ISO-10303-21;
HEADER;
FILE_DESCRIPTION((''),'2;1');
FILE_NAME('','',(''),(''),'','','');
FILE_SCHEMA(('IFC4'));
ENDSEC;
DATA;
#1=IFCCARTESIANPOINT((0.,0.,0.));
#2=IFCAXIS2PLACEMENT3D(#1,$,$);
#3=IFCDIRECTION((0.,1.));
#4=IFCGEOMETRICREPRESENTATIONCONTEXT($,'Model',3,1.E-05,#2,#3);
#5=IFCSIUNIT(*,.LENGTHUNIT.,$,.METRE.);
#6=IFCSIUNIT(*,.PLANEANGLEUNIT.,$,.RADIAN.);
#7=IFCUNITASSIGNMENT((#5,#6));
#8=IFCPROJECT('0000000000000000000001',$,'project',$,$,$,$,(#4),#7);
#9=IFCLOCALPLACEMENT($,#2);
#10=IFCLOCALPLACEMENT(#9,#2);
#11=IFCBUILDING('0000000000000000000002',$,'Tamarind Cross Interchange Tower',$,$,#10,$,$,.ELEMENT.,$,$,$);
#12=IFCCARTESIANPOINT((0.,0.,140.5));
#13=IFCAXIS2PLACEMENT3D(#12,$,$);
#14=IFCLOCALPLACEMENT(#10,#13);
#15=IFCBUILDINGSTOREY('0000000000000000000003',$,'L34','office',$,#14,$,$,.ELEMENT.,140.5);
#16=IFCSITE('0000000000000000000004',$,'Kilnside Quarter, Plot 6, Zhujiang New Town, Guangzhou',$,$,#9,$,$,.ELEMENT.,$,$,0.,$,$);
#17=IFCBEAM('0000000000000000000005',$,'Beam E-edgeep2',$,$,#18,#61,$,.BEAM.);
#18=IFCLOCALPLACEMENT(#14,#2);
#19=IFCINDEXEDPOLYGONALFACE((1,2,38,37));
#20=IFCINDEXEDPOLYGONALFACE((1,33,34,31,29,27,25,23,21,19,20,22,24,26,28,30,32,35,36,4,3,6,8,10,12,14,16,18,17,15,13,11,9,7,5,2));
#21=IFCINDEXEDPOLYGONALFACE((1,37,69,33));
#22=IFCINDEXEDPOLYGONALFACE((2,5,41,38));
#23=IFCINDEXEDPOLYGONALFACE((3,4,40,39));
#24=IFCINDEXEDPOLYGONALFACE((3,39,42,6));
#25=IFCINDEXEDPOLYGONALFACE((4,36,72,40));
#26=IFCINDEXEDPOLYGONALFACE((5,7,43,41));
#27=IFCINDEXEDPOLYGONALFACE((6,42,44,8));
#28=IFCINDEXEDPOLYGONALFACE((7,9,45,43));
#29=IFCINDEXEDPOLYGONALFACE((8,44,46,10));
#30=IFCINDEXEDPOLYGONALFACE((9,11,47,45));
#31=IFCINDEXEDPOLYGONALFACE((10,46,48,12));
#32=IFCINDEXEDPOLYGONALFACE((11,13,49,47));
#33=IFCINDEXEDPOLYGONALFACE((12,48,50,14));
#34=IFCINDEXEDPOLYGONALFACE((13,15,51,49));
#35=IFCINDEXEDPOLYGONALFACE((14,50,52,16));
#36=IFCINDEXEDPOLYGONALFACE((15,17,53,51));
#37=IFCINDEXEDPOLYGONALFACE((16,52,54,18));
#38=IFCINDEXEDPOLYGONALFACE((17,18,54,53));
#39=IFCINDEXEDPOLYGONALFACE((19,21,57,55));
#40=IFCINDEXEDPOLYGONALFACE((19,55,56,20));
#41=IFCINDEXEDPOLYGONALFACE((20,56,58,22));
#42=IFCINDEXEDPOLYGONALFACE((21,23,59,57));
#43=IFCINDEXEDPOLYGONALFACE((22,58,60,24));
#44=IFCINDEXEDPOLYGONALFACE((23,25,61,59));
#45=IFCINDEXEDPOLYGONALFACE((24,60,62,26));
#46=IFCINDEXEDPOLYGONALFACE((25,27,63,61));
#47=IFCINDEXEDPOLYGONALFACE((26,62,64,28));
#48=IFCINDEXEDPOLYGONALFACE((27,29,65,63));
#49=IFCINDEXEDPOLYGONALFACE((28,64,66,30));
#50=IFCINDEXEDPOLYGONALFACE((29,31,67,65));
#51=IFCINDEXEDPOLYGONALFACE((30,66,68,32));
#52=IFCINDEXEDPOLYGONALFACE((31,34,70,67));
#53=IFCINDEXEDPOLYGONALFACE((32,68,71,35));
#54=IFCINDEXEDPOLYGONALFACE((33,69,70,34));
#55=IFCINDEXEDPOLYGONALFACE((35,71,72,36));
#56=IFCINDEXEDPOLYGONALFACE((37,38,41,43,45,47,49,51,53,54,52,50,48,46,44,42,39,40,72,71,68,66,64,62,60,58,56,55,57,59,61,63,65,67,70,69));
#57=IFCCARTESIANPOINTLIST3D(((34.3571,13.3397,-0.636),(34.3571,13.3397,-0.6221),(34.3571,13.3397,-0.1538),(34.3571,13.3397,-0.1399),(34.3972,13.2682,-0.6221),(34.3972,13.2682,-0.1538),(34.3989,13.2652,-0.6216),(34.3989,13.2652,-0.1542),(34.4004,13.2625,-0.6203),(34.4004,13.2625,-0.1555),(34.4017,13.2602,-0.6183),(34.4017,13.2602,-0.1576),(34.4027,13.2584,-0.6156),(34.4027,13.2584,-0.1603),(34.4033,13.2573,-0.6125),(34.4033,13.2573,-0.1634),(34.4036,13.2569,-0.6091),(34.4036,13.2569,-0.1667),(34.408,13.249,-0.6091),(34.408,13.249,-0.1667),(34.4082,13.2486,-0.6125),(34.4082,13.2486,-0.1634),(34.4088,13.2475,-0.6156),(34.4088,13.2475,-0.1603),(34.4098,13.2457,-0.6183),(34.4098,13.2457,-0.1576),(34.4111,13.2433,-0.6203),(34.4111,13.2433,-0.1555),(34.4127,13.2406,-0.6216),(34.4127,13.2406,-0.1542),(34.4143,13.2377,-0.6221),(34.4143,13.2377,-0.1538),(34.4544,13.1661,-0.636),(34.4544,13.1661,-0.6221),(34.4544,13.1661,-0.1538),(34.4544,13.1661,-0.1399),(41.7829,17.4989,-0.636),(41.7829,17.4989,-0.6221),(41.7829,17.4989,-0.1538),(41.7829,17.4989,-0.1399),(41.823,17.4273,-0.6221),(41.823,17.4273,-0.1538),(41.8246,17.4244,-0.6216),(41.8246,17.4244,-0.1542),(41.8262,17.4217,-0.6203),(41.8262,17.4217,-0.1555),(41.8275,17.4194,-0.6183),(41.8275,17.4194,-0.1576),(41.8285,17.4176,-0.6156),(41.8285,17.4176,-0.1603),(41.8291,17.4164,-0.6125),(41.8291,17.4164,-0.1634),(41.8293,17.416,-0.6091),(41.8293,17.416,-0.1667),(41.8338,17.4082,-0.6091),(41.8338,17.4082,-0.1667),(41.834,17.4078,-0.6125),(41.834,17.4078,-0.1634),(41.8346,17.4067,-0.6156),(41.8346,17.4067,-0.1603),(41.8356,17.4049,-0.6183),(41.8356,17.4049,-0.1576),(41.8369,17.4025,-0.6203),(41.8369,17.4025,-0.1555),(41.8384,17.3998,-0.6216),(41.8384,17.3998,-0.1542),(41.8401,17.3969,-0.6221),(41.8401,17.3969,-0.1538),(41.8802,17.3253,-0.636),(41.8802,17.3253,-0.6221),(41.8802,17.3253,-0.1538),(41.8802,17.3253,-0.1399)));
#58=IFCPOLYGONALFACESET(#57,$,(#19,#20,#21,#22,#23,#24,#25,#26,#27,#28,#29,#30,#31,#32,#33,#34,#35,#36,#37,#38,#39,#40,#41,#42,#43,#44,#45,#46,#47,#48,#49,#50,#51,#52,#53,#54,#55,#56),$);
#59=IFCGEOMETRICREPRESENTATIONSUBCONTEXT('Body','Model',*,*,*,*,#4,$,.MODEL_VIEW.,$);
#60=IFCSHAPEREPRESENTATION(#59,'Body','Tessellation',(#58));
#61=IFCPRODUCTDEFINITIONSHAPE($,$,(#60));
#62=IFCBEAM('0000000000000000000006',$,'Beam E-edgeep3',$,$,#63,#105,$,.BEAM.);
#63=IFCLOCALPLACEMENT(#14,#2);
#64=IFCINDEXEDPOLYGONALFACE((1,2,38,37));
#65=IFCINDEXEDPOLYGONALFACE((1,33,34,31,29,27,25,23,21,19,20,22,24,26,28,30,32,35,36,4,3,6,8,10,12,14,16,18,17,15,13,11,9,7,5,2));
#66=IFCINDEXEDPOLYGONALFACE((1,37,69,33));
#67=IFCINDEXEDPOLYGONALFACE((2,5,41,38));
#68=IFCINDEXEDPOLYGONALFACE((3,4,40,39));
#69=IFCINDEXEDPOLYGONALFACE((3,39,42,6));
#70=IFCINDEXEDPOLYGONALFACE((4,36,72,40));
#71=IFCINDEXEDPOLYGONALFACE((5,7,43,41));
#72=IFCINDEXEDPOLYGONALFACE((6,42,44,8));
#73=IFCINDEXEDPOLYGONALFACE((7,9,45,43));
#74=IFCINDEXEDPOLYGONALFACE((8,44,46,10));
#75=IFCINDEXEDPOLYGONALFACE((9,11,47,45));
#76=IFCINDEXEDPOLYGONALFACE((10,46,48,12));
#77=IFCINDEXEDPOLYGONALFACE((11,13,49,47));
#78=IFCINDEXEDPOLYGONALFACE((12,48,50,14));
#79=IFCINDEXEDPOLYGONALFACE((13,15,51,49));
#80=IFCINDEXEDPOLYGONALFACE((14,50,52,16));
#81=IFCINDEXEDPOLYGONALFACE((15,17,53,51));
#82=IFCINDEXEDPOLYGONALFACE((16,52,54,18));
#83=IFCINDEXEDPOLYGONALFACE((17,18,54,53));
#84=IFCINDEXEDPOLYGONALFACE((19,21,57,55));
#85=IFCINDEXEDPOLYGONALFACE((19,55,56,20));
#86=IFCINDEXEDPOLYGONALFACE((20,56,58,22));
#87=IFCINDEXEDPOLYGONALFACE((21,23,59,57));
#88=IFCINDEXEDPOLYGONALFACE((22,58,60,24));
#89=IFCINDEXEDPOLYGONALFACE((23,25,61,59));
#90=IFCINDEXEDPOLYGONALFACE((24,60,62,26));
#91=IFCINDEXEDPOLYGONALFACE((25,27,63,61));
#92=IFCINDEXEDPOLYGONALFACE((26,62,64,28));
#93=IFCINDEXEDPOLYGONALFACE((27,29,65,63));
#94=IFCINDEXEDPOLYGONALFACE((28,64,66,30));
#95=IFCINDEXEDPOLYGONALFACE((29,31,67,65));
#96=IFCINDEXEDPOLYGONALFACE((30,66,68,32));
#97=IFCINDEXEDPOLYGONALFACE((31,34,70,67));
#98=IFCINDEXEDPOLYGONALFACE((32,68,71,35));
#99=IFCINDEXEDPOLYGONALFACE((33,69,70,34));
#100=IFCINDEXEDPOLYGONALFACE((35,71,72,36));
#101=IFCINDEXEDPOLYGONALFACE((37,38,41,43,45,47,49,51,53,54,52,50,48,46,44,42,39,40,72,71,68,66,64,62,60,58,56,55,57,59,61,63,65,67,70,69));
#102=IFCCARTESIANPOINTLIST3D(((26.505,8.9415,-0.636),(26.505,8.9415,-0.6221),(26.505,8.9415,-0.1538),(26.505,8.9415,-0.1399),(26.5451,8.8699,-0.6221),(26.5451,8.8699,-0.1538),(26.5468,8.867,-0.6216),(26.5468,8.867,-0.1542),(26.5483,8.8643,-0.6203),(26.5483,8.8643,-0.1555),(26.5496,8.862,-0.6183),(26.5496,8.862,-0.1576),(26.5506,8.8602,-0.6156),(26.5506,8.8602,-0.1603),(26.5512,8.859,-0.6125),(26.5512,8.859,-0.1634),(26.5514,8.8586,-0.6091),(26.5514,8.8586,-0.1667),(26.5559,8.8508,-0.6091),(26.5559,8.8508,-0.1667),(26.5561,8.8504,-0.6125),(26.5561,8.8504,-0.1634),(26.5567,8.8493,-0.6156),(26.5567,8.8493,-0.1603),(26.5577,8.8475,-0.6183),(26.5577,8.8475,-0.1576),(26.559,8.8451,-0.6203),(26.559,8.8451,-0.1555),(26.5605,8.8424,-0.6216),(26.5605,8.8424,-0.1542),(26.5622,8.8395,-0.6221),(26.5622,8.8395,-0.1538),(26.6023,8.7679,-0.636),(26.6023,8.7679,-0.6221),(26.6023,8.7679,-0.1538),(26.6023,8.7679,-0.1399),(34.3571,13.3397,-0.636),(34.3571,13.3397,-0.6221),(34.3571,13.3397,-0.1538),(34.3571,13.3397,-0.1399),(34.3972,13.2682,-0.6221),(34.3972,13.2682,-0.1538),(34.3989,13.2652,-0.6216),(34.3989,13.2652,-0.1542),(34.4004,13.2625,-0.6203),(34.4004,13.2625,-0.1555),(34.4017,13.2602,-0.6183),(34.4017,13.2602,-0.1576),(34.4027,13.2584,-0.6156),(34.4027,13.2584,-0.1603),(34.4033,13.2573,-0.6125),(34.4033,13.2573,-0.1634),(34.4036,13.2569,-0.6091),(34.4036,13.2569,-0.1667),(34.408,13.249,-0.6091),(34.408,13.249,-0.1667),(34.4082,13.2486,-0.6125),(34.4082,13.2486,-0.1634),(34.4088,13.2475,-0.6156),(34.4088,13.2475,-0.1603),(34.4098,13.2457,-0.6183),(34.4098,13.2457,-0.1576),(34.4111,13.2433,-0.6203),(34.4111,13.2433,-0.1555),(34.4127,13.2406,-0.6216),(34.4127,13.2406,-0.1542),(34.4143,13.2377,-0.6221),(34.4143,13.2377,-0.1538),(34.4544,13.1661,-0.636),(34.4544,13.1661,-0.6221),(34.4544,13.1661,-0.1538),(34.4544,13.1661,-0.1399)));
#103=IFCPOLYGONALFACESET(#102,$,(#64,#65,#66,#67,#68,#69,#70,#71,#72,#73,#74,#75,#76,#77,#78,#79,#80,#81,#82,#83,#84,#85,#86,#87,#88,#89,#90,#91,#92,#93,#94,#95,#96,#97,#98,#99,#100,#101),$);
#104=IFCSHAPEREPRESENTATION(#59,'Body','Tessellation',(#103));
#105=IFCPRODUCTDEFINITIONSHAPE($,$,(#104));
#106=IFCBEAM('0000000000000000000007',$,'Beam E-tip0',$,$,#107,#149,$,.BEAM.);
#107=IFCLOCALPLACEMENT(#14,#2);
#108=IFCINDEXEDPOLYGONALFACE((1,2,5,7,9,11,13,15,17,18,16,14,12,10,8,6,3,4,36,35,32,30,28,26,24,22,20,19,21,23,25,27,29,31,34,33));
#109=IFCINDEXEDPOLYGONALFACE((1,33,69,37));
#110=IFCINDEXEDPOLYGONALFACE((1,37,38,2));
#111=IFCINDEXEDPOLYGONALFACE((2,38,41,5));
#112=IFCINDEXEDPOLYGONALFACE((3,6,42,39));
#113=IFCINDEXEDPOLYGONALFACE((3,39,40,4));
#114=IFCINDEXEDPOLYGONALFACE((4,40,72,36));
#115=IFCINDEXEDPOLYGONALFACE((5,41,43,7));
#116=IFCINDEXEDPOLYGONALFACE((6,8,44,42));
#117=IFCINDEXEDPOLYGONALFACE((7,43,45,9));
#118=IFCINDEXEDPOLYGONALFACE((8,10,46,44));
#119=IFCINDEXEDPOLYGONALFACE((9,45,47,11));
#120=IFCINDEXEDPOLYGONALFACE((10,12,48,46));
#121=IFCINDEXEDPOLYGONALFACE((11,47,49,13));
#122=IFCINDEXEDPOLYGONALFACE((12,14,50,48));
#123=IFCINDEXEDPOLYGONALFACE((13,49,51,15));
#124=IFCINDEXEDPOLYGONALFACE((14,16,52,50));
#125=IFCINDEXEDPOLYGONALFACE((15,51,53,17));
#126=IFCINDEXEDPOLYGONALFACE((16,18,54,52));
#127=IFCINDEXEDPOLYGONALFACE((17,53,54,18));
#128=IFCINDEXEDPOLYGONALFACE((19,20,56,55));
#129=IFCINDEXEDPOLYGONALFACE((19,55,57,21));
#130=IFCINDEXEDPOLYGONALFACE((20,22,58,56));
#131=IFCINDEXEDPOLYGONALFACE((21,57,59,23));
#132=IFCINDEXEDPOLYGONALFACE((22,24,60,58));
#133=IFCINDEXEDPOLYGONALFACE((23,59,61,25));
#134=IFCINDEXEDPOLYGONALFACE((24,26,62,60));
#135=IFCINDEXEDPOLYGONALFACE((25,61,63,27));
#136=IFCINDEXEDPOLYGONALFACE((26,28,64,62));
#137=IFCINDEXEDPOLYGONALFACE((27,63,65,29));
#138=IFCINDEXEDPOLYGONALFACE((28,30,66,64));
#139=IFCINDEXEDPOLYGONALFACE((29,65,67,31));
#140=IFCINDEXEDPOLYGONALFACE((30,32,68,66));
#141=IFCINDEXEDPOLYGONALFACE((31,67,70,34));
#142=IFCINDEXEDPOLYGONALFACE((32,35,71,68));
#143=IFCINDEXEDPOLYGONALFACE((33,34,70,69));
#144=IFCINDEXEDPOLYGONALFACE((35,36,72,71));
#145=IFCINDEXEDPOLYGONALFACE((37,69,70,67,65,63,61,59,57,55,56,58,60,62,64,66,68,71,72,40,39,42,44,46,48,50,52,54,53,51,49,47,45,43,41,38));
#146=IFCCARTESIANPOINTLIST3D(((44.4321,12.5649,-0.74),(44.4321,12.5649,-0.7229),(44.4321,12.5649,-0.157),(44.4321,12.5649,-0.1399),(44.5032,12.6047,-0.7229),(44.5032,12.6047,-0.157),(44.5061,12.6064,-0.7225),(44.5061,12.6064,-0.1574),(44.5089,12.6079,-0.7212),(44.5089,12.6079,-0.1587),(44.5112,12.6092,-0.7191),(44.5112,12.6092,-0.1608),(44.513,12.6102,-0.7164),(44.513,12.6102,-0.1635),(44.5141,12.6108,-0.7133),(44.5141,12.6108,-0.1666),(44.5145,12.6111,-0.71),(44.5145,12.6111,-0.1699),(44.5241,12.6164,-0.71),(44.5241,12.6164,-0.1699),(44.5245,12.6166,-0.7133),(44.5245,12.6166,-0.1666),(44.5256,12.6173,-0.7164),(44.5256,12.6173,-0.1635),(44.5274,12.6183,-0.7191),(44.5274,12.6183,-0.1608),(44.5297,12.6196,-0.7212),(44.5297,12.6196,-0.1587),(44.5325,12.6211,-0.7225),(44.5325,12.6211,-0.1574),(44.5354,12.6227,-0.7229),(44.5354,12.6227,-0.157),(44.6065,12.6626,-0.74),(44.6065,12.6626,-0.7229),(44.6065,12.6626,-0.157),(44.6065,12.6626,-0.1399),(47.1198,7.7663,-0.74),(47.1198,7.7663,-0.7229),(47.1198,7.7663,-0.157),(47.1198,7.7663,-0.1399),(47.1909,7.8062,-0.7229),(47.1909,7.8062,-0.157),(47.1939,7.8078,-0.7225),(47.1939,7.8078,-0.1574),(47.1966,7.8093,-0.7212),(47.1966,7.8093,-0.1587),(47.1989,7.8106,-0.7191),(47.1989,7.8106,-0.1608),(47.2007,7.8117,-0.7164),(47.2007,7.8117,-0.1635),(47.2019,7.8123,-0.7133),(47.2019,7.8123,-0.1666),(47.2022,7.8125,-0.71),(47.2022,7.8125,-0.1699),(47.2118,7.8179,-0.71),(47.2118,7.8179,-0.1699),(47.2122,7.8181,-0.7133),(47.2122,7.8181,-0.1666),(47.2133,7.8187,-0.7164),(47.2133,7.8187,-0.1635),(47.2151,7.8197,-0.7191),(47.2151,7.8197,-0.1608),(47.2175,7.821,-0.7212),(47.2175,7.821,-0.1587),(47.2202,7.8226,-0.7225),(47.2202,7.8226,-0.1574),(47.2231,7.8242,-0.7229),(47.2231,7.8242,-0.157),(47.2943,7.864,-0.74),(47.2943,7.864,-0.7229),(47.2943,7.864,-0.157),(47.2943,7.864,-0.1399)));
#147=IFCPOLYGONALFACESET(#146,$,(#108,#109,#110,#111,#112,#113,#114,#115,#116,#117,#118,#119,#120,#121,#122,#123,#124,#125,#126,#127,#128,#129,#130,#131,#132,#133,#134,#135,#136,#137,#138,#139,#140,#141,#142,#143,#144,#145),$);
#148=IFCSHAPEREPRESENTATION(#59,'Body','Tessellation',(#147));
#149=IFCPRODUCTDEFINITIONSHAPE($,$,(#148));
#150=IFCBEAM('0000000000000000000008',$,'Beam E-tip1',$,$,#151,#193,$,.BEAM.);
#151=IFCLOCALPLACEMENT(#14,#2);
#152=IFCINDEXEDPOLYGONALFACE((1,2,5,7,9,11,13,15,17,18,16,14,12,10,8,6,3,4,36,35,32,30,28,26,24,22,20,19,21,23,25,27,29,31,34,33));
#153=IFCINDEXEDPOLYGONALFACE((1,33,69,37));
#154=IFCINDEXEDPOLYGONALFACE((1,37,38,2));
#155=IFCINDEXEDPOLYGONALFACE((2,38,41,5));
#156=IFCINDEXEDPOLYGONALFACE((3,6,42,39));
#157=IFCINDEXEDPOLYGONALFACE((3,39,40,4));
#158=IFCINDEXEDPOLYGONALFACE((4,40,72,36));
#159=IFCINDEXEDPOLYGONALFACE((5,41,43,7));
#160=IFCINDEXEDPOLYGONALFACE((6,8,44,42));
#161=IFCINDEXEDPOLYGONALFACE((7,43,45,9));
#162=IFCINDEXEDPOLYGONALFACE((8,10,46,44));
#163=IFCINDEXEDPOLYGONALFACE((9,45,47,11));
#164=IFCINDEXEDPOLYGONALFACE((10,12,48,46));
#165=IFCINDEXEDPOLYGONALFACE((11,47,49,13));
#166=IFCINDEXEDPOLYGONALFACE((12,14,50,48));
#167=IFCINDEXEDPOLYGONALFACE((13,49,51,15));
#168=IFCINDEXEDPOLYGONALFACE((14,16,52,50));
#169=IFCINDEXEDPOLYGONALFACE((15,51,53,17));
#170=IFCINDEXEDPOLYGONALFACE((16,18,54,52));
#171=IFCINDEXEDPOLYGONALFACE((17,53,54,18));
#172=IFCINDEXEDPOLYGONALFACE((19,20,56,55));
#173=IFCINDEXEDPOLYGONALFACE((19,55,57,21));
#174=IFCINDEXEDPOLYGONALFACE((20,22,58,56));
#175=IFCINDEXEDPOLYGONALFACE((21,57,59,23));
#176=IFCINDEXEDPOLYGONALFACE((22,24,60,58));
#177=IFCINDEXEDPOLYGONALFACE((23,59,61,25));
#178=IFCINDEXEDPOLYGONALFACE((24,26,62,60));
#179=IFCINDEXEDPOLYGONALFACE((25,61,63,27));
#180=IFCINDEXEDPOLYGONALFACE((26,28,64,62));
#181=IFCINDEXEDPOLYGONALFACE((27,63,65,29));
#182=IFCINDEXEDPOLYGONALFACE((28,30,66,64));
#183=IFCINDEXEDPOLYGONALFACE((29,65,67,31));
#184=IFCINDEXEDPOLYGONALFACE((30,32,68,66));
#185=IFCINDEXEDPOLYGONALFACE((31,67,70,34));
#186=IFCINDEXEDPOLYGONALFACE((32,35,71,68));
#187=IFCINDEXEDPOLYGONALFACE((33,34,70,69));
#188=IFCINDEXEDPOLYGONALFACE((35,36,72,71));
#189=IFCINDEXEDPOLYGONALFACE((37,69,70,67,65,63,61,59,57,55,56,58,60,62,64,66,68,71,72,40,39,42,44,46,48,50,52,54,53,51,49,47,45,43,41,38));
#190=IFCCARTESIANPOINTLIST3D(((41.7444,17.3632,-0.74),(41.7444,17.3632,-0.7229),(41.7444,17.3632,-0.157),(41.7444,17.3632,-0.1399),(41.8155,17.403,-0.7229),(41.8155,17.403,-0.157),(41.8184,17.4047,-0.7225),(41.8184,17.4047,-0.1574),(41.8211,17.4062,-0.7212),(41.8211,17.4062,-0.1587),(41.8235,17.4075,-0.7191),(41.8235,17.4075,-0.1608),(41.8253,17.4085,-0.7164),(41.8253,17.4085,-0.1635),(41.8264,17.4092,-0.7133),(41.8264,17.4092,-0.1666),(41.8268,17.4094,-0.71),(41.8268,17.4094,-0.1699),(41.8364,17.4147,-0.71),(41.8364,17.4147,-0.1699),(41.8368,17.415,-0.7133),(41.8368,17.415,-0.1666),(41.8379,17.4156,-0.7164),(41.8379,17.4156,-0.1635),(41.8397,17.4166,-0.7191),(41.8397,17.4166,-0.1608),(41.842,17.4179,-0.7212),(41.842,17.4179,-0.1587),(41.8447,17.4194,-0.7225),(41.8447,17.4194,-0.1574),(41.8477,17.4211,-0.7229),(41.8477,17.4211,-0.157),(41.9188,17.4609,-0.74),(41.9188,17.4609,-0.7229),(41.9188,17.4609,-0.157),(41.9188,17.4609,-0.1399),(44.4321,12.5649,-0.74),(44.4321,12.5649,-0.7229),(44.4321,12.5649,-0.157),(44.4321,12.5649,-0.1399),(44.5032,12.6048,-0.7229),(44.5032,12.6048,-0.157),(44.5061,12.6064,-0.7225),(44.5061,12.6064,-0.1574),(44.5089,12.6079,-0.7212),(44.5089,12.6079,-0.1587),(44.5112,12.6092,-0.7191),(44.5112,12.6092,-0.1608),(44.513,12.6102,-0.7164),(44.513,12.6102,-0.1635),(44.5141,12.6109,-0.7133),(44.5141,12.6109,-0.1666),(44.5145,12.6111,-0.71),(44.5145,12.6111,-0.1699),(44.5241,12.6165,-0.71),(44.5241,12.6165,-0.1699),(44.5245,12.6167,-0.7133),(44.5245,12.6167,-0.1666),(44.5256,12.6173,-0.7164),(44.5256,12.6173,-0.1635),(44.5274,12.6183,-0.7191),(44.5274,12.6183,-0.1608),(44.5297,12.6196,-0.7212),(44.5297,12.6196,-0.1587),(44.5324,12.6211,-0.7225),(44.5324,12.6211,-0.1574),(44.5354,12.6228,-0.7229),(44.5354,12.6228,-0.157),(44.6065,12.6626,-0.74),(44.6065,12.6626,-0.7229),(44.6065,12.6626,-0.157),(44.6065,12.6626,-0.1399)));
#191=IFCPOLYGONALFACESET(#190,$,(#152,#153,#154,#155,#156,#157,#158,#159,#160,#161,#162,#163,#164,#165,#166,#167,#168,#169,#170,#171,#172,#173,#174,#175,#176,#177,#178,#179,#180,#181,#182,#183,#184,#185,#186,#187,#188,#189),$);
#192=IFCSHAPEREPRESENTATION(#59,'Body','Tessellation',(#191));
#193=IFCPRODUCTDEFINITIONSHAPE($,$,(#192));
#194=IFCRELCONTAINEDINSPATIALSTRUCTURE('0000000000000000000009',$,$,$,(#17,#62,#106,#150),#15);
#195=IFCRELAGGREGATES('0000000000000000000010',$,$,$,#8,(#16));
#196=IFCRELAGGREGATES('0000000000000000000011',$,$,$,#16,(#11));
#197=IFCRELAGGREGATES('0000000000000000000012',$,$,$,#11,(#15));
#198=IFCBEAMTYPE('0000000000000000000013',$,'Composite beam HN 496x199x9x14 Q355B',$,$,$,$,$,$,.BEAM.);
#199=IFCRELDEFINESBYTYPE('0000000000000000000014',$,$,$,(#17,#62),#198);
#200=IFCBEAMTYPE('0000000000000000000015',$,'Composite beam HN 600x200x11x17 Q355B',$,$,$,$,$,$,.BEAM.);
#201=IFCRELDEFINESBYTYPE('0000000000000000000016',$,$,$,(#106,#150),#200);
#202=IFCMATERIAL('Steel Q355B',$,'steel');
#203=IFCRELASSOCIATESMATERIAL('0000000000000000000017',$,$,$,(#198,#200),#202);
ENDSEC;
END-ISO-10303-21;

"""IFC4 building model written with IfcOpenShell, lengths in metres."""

from ifc_helpers import new_model, si_unit, direction, frame, origin, origin_2d, place, context, subcontext, project, spatial, i_section, extrude, material, material_profile, profile_set, type_object, element, save


model = new_model("IFC4")

# Units and contexts
model_context = context("Model", 3, precision=1e-05, world=origin(), true_north=direction((0.0, 1.0)))
body_context = subcontext(model_context, "Body", "Model", "MODEL_VIEW")
ifc_project = project(units=[si_unit("LENGTHUNIT", "METRE"), si_unit("PLANEANGLEUNIT", "RADIAN")], contexts=[model_context])

# Site, building, storey
site_placement = place(None, origin())
site = spatial("IfcSite", under=ifc_project, at=site_placement, Name="Kilnside Quarter, Plot 6, Zhujiang New Town, Guangzhou", CompositionType="ELEMENT", RefElevation=0.0)
building_placement = place(site_placement, origin())
building = spatial("IfcBuilding", under=site, at=building_placement, Name="Tamarind Cross Interchange Tower", CompositionType="ELEMENT")
storey_placement = place(building_placement, frame((0.0, 0.0, 140.5)))
storey = spatial("IfcBuildingStorey", under=building, at=storey_placement, Name="L34", Description="office", CompositionType="ELEMENT", Elevation=140.5)

# Beams
ifc_material_1 = material(Name="Steel Q355B", Category="steel")
ifc_material_profile_1 = material_profile(ifc_material_1, i_section(OverallWidth=0.199, OverallDepth=0.4961, WebThickness=0.009, FlangeThickness=0.0139, FilletRadius=0.0129, at=origin_2d()), Name="HN 496x199x9x14")
ifc_profile_set_1 = profile_set([ifc_material_profile_1], Name="Steel Q355B")
beam_type_1 = type_object("IfcBeamType", Name="Composite beam HN 496x199x9x14 Q355B", PredefinedType="BEAM", material=ifc_profile_set_1)
beam_1_placement = place(storey_placement, frame((41.8315, 17.4121, -0.3879), z_axis=(-0.872469, -0.48867, 0.0), x_axis=(0.48867, -0.872469, 0.0)))
element("IfcBeam", 1, at=beam_1_placement, inside=storey, type_object=beam_type_1, Name="Beam E-edgeep2", PredefinedType="BEAM", context=body_context, shape_type="SweptSolid", body=[
    extrude(i_section(OverallWidth=0.199, OverallDepth=0.4961, WebThickness=0.009, FlangeThickness=0.0139, FilletRadius=0.0129, at=origin_2d()), origin(), (0.0, 0.0, 1.0), 8.5112),
])
beam_2_placement = place(storey_placement, frame((34.4058, 13.2529, -0.3879), z_axis=(-0.872457, -0.488692, 0.0), x_axis=(0.488692, -0.872457, 0.0)))
element("IfcBeam", 2, at=beam_2_placement, inside=storey, type_object=beam_type_1, Name="Beam E-edgeep3", PredefinedType="BEAM", context=body_context, shape_type="SweptSolid", body=[
    extrude(i_section(OverallWidth=0.199, OverallDepth=0.4961, WebThickness=0.009, FlangeThickness=0.0139, FilletRadius=0.0129, at=origin_2d()), origin(), (0.0, 0.0, 1.0), 9.0),
])
ifc_material_profile_2 = material_profile(ifc_material_1, i_section(OverallWidth=0.2, OverallDepth=0.6001, WebThickness=0.011, FlangeThickness=0.0171, FilletRadius=0.0129, at=origin_2d()), Name="HN 600x200x11x17")
ifc_profile_set_2 = profile_set([ifc_material_profile_2], Name="Steel Q355B")
beam_type_2 = type_object("IfcBeamType", Name="Composite beam HN 600x200x11x17 Q355B", PredefinedType="BEAM", material=ifc_profile_set_2)
beam_3_placement = place(storey_placement, frame((47.207, 7.8152, -0.4399), z_axis=(-0.488678, 0.872464, 0.0), x_axis=(-0.872464, -0.488678, 0.0)))
element("IfcBeam", 3, at=beam_3_placement, inside=storey, type_object=beam_type_2, Name="Beam E-tip0", PredefinedType="BEAM", context=body_context, shape_type="SweptSolid", body=[
    extrude(i_section(OverallWidth=0.2, OverallDepth=0.6001, WebThickness=0.011, FlangeThickness=0.0171, FilletRadius=0.0129, at=origin_2d()), origin(), (0.0, 0.0, 1.0), 5.5),
])
beam_4_placement = place(storey_placement, frame((44.5193, 12.6138, -0.4399), z_axis=(-0.488697, 0.872454, 0.0), x_axis=(-0.872454, -0.488697, 0.0)))
element("IfcBeam", 4, at=beam_4_placement, inside=storey, type_object=beam_type_2, Name="Beam E-tip1", PredefinedType="BEAM", context=body_context, shape_type="SweptSolid", body=[
    extrude(i_section(OverallWidth=0.2, OverallDepth=0.6001, WebThickness=0.011, FlangeThickness=0.0171, FilletRadius=0.0129, at=origin_2d()), origin(), (0.0, 0.0, 1.0), 5.4998),
])

save(model, "model.ifc")
